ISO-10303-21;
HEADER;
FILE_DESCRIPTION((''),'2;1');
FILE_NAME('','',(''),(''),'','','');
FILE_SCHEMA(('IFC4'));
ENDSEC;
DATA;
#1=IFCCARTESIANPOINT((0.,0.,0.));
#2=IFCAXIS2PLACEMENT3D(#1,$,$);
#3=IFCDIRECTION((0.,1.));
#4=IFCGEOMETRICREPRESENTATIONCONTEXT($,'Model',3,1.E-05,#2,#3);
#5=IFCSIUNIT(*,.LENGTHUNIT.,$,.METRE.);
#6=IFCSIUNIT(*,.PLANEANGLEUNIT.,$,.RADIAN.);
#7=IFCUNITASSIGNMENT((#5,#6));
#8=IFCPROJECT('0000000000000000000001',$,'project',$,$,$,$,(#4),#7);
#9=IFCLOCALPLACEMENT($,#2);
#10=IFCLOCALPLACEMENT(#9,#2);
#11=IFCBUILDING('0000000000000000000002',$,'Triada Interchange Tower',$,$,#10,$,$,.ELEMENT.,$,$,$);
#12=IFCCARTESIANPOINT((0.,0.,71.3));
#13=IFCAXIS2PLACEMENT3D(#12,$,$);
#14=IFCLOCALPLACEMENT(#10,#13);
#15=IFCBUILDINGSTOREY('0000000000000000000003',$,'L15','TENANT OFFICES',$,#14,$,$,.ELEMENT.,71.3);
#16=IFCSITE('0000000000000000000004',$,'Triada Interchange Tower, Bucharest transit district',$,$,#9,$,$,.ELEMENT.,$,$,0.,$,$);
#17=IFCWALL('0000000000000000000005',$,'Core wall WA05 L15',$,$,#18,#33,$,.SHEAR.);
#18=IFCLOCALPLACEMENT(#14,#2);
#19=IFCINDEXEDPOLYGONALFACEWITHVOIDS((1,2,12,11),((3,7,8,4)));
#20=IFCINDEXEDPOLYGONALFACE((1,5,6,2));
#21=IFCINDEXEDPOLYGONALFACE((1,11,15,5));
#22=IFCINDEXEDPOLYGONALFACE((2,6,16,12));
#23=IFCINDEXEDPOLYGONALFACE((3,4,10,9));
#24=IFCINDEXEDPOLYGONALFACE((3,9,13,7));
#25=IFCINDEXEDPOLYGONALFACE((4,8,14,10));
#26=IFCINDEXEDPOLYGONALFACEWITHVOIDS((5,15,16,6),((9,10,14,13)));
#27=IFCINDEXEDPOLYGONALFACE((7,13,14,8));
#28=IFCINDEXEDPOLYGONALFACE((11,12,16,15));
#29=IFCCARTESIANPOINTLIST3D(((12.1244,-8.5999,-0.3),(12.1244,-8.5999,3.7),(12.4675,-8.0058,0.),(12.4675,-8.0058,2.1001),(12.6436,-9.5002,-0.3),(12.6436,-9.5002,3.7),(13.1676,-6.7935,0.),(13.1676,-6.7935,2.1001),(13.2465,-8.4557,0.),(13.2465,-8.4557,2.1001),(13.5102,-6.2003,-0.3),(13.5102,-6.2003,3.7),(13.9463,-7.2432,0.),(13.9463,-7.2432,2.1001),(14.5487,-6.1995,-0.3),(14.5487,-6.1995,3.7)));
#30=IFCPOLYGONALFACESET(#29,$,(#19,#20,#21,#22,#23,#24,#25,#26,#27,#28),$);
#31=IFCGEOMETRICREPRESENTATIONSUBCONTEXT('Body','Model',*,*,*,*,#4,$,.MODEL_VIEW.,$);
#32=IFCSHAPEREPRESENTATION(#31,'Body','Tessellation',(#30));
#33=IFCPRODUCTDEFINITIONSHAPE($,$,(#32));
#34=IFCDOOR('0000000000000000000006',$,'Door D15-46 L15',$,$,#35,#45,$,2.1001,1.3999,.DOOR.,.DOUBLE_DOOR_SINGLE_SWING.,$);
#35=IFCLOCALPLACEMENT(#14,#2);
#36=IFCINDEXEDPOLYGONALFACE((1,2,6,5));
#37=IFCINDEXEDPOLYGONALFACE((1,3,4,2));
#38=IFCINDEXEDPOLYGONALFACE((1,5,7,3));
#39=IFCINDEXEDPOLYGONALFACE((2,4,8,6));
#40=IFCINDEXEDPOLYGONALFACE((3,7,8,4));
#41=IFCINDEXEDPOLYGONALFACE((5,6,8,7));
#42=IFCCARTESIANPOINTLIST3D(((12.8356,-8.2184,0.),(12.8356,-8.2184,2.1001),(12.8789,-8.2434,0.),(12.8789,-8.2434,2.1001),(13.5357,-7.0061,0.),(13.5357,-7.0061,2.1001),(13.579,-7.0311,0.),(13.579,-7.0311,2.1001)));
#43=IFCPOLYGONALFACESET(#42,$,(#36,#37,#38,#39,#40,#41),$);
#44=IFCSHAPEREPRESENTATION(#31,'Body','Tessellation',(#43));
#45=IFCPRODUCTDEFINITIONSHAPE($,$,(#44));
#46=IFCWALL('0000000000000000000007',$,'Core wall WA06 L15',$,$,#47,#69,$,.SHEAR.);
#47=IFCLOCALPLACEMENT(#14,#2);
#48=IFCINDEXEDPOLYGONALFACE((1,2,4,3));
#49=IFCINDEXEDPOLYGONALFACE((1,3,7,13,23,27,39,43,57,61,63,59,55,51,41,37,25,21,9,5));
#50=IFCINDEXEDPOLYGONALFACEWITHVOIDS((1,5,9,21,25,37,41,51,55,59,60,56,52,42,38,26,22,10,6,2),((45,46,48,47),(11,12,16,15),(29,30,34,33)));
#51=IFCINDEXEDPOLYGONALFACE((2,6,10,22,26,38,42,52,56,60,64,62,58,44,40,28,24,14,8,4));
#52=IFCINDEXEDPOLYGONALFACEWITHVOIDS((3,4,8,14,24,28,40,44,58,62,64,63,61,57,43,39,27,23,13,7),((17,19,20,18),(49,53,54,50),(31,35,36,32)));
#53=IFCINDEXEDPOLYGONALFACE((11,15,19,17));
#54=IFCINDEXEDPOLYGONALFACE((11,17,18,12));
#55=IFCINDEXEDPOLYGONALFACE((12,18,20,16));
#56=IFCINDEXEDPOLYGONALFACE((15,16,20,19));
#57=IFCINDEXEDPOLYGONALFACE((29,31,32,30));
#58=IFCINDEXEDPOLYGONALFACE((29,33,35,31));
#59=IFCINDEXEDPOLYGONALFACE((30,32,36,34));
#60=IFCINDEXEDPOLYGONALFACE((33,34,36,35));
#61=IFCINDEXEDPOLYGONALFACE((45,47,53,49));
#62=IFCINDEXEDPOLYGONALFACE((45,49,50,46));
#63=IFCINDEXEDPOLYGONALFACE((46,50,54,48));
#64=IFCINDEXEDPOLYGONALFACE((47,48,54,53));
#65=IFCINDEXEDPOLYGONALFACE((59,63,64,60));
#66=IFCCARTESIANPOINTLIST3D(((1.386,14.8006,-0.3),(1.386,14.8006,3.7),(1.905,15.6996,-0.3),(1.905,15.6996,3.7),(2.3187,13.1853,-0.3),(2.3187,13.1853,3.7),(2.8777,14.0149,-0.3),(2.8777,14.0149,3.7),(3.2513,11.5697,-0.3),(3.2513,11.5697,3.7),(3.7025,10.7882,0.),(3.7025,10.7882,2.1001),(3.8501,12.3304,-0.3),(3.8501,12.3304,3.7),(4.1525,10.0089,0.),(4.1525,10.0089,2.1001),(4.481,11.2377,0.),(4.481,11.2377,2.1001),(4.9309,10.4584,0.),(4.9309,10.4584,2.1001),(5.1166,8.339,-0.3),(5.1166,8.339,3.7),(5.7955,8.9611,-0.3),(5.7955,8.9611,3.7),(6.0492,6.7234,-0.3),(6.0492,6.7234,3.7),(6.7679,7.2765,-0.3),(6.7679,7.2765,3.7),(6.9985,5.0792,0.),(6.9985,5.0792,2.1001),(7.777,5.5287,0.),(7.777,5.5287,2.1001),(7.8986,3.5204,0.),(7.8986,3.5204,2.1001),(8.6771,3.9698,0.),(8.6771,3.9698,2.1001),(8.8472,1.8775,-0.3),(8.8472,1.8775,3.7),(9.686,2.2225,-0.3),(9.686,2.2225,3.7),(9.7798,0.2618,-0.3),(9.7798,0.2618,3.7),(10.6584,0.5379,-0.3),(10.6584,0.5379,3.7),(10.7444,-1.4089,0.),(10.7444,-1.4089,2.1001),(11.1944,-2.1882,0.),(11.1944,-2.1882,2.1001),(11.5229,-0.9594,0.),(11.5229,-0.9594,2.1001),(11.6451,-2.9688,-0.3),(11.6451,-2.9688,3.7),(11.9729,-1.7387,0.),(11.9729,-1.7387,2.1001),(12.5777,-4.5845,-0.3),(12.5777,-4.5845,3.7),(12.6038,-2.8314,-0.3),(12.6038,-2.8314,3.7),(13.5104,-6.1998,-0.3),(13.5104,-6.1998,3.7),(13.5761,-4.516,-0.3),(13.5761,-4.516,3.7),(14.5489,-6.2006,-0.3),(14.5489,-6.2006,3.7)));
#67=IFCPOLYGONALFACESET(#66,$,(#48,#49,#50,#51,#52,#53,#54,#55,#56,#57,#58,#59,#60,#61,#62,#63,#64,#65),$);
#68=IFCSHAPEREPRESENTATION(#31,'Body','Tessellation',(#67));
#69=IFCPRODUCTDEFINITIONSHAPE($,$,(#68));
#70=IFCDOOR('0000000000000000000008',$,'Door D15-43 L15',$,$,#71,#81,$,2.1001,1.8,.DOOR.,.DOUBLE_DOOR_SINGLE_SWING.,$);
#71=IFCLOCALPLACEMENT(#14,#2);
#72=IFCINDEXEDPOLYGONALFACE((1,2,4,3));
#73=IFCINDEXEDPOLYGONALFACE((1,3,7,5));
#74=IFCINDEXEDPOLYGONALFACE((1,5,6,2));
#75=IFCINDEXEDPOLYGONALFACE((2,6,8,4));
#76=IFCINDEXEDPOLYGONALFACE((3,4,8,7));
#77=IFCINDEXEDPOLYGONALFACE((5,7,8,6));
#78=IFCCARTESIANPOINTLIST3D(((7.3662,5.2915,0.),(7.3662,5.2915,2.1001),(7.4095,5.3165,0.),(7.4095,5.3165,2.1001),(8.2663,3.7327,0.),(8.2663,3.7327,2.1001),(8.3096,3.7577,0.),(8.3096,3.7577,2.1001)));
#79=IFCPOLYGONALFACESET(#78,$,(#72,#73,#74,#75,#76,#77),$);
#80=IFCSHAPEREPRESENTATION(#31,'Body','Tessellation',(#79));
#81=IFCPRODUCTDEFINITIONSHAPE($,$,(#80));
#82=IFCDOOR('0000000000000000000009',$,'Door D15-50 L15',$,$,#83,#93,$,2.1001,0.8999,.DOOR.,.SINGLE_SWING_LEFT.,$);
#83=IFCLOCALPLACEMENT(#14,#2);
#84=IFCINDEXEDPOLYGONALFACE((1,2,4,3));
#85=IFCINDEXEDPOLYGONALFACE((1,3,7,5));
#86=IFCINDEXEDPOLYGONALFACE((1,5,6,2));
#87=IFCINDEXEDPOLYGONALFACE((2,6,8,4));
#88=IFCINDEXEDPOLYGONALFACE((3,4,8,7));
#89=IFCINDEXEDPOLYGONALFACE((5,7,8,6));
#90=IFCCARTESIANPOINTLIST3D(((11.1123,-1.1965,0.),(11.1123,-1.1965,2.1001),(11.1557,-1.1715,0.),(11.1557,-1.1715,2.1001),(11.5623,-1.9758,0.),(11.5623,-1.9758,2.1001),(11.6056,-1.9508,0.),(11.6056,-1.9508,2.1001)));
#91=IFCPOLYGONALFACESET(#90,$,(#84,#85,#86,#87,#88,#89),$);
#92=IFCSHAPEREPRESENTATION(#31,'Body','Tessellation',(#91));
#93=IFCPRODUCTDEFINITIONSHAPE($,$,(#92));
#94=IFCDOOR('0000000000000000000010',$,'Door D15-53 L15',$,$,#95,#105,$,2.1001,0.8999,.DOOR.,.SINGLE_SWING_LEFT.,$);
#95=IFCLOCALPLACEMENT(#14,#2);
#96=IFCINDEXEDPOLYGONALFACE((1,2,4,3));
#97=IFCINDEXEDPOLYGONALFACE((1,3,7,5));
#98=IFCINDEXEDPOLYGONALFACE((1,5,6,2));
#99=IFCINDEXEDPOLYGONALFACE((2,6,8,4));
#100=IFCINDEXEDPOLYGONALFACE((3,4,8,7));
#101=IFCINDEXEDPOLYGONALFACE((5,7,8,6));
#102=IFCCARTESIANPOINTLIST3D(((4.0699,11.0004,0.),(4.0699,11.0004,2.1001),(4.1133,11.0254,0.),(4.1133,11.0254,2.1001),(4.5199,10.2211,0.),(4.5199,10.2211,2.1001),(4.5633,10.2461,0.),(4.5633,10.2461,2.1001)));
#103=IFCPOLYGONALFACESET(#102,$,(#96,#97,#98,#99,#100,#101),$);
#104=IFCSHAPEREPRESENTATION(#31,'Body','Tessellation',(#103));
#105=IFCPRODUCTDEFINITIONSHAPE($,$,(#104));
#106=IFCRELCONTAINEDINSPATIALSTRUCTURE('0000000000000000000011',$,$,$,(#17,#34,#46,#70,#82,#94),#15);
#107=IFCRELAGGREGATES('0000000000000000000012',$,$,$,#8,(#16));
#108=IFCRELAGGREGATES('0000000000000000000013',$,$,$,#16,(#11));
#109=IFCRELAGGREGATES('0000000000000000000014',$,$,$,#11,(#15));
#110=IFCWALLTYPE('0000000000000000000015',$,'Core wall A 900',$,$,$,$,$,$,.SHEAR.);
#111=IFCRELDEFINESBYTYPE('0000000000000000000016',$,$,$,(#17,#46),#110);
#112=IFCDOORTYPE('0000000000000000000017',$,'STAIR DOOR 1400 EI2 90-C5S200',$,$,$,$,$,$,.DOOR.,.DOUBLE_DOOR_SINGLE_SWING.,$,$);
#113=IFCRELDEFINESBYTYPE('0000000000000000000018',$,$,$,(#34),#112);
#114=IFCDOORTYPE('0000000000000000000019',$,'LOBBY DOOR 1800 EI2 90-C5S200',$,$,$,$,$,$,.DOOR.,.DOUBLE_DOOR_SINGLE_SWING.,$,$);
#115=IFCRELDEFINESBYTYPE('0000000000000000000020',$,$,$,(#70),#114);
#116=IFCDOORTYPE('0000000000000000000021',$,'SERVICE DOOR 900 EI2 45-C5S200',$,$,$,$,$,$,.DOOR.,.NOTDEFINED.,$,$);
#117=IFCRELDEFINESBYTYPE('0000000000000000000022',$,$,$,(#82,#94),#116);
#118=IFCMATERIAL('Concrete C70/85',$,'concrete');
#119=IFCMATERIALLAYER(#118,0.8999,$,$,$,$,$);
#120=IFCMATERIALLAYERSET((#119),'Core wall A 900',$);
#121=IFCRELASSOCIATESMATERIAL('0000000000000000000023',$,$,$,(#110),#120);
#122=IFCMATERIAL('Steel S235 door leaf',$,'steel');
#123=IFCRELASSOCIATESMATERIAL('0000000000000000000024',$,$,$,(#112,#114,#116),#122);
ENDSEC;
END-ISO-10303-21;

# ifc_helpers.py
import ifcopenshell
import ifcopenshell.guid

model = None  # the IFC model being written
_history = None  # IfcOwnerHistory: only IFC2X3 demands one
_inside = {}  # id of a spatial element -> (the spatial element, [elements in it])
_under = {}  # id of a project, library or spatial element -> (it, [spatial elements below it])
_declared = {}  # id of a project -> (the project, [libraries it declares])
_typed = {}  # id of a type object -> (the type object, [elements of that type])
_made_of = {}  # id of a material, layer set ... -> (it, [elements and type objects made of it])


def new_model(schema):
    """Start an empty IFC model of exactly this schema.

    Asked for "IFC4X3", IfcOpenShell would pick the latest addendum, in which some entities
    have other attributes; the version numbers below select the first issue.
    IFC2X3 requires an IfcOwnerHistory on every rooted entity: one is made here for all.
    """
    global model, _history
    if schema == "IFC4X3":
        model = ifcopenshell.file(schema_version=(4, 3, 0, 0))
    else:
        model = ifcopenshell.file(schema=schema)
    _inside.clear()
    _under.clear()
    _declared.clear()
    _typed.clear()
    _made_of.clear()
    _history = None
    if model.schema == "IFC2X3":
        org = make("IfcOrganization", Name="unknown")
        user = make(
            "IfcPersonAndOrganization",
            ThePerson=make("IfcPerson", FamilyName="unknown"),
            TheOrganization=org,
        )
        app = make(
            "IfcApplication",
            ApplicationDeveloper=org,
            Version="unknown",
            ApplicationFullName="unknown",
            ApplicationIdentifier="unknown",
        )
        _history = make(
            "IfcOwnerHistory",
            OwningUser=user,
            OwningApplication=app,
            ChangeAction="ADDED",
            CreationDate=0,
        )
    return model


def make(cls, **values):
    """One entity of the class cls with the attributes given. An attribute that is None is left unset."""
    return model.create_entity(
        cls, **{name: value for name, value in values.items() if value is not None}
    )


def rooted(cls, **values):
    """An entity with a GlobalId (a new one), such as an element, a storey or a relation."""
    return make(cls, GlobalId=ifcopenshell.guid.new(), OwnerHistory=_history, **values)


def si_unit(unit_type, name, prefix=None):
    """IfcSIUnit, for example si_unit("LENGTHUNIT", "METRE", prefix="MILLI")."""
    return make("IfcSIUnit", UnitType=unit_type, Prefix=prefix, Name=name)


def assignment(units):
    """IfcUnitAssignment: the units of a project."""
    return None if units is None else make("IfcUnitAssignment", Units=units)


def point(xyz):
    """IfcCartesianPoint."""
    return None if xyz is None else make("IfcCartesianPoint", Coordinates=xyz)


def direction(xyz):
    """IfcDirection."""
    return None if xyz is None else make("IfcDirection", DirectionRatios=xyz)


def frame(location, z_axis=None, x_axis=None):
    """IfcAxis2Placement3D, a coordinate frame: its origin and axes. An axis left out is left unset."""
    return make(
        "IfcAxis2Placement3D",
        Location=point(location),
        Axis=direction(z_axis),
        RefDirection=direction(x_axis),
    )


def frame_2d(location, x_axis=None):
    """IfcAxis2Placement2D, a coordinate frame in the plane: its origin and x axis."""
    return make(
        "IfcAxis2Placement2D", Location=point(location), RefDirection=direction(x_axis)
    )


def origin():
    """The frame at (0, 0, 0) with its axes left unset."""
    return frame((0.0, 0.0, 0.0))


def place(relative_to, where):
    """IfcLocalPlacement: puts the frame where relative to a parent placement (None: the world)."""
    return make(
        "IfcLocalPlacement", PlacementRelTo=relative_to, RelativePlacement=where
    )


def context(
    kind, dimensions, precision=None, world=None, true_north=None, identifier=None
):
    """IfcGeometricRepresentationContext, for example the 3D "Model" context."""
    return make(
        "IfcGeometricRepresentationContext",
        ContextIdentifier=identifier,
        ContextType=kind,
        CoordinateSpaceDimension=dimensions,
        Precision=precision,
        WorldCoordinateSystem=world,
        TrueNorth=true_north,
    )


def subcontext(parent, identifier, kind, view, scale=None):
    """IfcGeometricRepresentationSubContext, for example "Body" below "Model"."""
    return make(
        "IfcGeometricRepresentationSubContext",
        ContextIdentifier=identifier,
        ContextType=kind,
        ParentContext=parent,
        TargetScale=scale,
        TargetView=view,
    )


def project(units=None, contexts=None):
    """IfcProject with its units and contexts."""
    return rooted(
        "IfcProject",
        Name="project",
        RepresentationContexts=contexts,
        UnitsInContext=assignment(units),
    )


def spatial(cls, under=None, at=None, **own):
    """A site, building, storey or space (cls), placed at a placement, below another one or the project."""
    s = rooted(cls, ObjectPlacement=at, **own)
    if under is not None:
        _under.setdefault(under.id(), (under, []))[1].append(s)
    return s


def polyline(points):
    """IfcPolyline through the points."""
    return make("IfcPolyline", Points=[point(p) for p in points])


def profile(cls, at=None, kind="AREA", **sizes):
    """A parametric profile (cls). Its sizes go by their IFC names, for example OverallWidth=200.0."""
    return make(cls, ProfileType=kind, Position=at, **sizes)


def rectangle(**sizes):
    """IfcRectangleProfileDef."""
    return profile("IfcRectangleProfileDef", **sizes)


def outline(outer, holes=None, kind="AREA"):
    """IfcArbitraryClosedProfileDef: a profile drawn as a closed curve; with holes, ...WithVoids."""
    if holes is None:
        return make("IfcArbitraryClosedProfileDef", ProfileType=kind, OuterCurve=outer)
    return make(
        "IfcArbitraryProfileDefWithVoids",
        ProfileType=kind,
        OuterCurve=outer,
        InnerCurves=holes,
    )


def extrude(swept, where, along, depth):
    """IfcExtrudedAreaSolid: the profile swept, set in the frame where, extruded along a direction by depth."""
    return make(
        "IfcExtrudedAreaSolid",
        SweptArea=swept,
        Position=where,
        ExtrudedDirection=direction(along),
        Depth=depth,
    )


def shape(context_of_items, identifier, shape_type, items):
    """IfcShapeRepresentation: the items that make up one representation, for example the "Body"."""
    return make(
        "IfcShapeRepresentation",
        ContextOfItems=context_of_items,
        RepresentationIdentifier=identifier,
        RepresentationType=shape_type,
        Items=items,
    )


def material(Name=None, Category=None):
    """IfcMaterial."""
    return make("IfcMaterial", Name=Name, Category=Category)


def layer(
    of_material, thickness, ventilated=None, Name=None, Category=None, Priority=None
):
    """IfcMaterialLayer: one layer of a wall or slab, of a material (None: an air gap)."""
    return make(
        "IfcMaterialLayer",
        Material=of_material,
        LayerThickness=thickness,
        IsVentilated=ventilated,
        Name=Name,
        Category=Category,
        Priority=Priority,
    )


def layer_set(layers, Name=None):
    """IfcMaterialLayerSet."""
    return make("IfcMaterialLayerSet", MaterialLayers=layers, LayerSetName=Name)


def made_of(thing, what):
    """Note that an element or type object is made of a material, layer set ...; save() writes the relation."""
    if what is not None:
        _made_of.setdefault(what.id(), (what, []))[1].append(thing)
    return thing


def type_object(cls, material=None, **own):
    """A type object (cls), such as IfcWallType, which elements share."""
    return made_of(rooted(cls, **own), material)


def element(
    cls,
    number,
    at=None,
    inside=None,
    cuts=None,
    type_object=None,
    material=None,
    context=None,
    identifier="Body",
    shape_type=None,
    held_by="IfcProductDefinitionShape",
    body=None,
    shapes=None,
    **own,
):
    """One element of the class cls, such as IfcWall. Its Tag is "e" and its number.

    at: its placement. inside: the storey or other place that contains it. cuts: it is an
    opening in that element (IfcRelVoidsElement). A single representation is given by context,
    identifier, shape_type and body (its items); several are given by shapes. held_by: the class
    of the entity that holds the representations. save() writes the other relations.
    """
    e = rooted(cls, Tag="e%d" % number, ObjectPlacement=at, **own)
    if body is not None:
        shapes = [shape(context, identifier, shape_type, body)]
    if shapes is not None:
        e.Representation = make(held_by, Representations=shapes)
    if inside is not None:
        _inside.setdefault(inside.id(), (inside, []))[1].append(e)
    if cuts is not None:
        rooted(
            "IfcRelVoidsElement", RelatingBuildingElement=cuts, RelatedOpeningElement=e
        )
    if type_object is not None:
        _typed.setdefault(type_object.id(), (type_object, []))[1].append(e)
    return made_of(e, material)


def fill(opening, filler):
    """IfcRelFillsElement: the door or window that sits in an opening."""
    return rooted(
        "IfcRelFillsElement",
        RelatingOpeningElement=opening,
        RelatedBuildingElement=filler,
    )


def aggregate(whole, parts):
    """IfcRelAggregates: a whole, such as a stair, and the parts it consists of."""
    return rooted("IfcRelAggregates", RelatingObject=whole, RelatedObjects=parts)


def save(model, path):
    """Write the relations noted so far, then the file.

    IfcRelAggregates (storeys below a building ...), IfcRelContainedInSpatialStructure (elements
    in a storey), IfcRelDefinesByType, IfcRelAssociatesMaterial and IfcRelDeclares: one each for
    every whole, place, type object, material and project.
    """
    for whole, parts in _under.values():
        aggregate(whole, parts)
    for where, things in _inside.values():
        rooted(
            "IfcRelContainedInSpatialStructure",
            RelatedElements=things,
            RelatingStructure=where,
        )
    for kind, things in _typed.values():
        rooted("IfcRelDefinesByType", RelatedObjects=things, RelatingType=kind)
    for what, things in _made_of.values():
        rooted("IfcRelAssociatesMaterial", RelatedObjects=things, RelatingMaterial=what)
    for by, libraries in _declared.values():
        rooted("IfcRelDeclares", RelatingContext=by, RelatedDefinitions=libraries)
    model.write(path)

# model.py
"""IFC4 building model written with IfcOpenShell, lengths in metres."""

from ifc_helpers import new_model, si_unit, direction, frame, frame_2d, origin, place, context, subcontext, project, spatial, polyline, rectangle, outline, extrude, material, layer, layer_set, type_object, element, fill, save


model = new_model("IFC4")

# Units and contexts
model_context = context("Model", 3, precision=1e-05, world=origin(), true_north=direction((0.0, 1.0)))
body_context = subcontext(model_context, "Body", "Model", "MODEL_VIEW")
ifc_project = project(units=[si_unit("LENGTHUNIT", "METRE"), si_unit("PLANEANGLEUNIT", "RADIAN")], contexts=[model_context])

# Site, building, storey
site_placement = place(None, origin())
site = spatial("IfcSite", under=ifc_project, at=site_placement, Name="Triada Interchange Tower, Bucharest transit district", CompositionType="ELEMENT", RefElevation=0.0)
building_placement = place(site_placement, origin())
building = spatial("IfcBuilding", under=site, at=building_placement, Name="Triada Interchange Tower", CompositionType="ELEMENT")
storey_placement = place(building_placement, frame((0.0, 0.0, 71.3)))
storey = spatial("IfcBuildingStorey", under=building, at=storey_placement, Name="L15", Description="TENANT OFFICES", CompositionType="ELEMENT", Elevation=71.3)

# Shared definitions
ifc_material_1 = material(Name="Steel S235 door leaf", Category="steel")

# Wall, opening, door
ifc_material_2 = material(Name="Concrete C70/85", Category="concrete")
ifc_layer_1 = layer(ifc_material_2, 0.8999)
ifc_layer_set_1 = layer_set([ifc_layer_1], Name="Core wall A 900")
wall_type_1 = type_object("IfcWallType", Name="Core wall A 900", PredefinedType="SHEAR", material=ifc_layer_set_1)
wall_1_placement = place(storey_placement, frame((12.384, -9.05, -0.3), z_axis=(0.0, 0.0, 1.0), x_axis=(0.500112, 0.865961, 0.0)))
wall_1 = element("IfcWall", 1, at=wall_1_placement, inside=storey, type_object=wall_type_1, Name="Core wall WA05 L15", PredefinedType="SHEAR", context=body_context, shape_type="SweptSolid", body=[
    extrude(outline(polyline([(-0.26, -0.45), (1.6455, -0.4495), (3.551, -0.449), (3.031, 0.45), (1.6455, 0.45), (0.26, 0.45), (-0.26, -0.45)])), origin(), (0.0, 0.0, 1.0), 4.0),
])
opening_1_placement = place(wall_1_placement, frame((0.946, 0.0, 0.3)))
opening_1 = element("IfcOpeningElement", 2, at=opening_1_placement, cuts=wall_1, PredefinedType="OPENING", context=body_context, shape_type="SweptSolid", body=[
    extrude(rectangle(XDim=1.3999, YDim=2.1001, at=frame_2d((0.7, 1.05))), frame((0.0, 0.46, 0.0), z_axis=(0.0, -1.0, 0.0), x_axis=(1.0, 0.0, 0.0)), (0.0, 0.0, 1.0), 0.9199),
])
door_type_1 = type_object("IfcDoorType", Name="STAIR DOOR 1400 EI2 90-C5S200", OperationType="DOUBLE_DOOR_SINGLE_SWING", PredefinedType="DOOR", material=ifc_material_1)
door_1_placement = place(opening_1_placement, origin())
door_1 = element("IfcDoor", 3, at=door_1_placement, inside=storey, type_object=door_type_1, Name="Door D15-46 L15", OperationType="DOUBLE_DOOR_SINGLE_SWING", OverallHeight=2.1001, OverallWidth=1.3999, PredefinedType="DOOR", context=body_context, shape_type="SweptSolid", body=[
    extrude(rectangle(XDim=1.3999, YDim=2.1001, at=frame_2d((0.7, 1.05))), frame((0.0, 0.0249, 0.0), z_axis=(0.0, -1.0, 0.0), x_axis=(1.0, 0.0, 0.0)), (0.0, 0.0, 1.0), 0.05),
])
fill(opening_1, door_1)

# Wall, openings, doors
wall_2_placement = place(storey_placement, frame((14.03, -6.2, -0.3), z_axis=(0.0, 0.0, 1.0), x_axis=(-0.500026, 0.86601, 0.0)))
wall_2 = element("IfcWall", 4, at=wall_2_placement, inside=storey, type_object=wall_type_1, Name="Core wall WA06 L15", PredefinedType="SHEAR", context=body_context, shape_type="SweptSolid", body=[
    extrude(outline(polyline([(-0.26, -0.449), (1.6853, -0.449), (3.6304, -0.4492), (5.5757, -0.4492), (7.521, -0.4492), (9.4661, -0.4495), (11.4114, -0.4495), (13.3567, -0.4495), (15.302, -0.4495), (17.2471, -0.4497), (19.1924, -0.4497), (21.1377, -0.4497), (23.0828, -0.45), (25.0281, -0.45), (24.509, 0.449), (22.6438, 0.449), (20.7783, 0.4492), (18.9131, 0.4492), (17.0479, 0.4492), (15.1824, 0.4495), (13.3171, 0.4495), (11.4519, 0.4495), (9.5867, 0.4495), (7.7212, 0.4497), (5.856, 0.4497), (3.9907, 0.4497), (2.1252, 0.45), (0.26, 0.45), (-0.26, -0.449)])), origin(), (0.0, 0.0, 1.0), 4.0),
])
opening_2_placement = place(wall_2_placement, frame((11.4839, 0.0, 0.3)))
opening_2 = element("IfcOpeningElement", 5, at=opening_2_placement, cuts=wall_2, PredefinedType="OPENING", context=body_context, shape_type="SweptSolid", body=[
    extrude(rectangle(XDim=1.8, YDim=2.1001, at=frame_2d((0.8999, 1.05))), frame((0.0, 0.46, 0.0), z_axis=(0.0, -1.0, 0.0), x_axis=(1.0, 0.0, 0.0)), (0.0, 0.0, 1.0), 0.9199),
])
opening_3_placement = place(wall_2_placement, frame((4.8921, 0.0, 0.3)))
opening_3 = element("IfcOpeningElement", 6, at=opening_3_placement, cuts=wall_2, PredefinedType="OPENING", context=body_context, shape_type="SweptSolid", body=[
    extrude(rectangle(XDim=0.8999, YDim=2.1001, at=frame_2d((0.45, 1.05))), frame((0.0, 0.46, 0.0), z_axis=(0.0, -1.0, 0.0), x_axis=(1.0, 0.0, 0.0)), (0.0, 0.0, 1.0), 0.9199),
])
opening_4_placement = place(wall_2_placement, frame((18.9761, 0.0, 0.3)))
opening_4 = element("IfcOpeningElement", 7, at=opening_4_placement, cuts=wall_2, PredefinedType="OPENING", context=body_context, shape_type="SweptSolid", body=[
    extrude(rectangle(XDim=0.8999, YDim=2.1001, at=frame_2d((0.45, 1.05))), frame((0.0, 0.46, 0.0), z_axis=(0.0, -1.0, 0.0), x_axis=(1.0, 0.0, 0.0)), (0.0, 0.0, 1.0), 0.9199),
])
door_type_2 = type_object("IfcDoorType", Name="LOBBY DOOR 1800 EI2 90-C5S200", OperationType="DOUBLE_DOOR_SINGLE_SWING", PredefinedType="DOOR", material=ifc_material_1)
door_2_placement = place(opening_2_placement, origin())
door_2 = element("IfcDoor", 8, at=door_2_placement, inside=storey, type_object=door_type_2, Name="Door D15-43 L15", OperationType="DOUBLE_DOOR_SINGLE_SWING", OverallHeight=2.1001, OverallWidth=1.8, PredefinedType="DOOR", context=body_context, shape_type="SweptSolid", body=[
    extrude(rectangle(XDim=1.8, YDim=2.1001, at=frame_2d((0.8999, 1.05))), frame((0.0, 0.0249, 0.0), z_axis=(0.0, -1.0, 0.0), x_axis=(1.0, 0.0, 0.0)), (0.0, 0.0, 1.0), 0.05),
])
fill(opening_2, door_2)
door_type_3 = type_object("IfcDoorType", Name="SERVICE DOOR 900 EI2 45-C5S200", OperationType="NOTDEFINED", PredefinedType="DOOR", material=ifc_material_1)
door_3_placement = place(opening_3_placement, origin())
door_3 = element("IfcDoor", 9, at=door_3_placement, inside=storey, type_object=door_type_3, Name="Door D15-50 L15", OperationType="SINGLE_SWING_LEFT", OverallHeight=2.1001, OverallWidth=0.8999, PredefinedType="DOOR", context=body_context, shape_type="SweptSolid", body=[
    extrude(rectangle(XDim=0.8999, YDim=2.1001, at=frame_2d((0.45, 1.05))), frame((0.0, 0.0249, 0.0), z_axis=(0.0, -1.0, 0.0), x_axis=(1.0, 0.0, 0.0)), (0.0, 0.0, 1.0), 0.05),
])
fill(opening_3, door_3)
door_4_placement = place(opening_4_placement, origin())
door_4 = element("IfcDoor", 10, at=door_4_placement, inside=storey, type_object=door_type_3, Name="Door D15-53 L15", OperationType="SINGLE_SWING_LEFT", OverallHeight=2.1001, OverallWidth=0.8999, PredefinedType="DOOR", context=body_context, shape_type="SweptSolid", body=[
    extrude(rectangle(XDim=0.8999, YDim=2.1001, at=frame_2d((0.45, 1.05))), frame((0.0, 0.0249, 0.0), z_axis=(0.0, -1.0, 0.0), x_axis=(1.0, 0.0, 0.0)), (0.0, 0.0, 1.0), 0.05),
])
fill(opening_4, door_4)

save(model, "model.ifc")
